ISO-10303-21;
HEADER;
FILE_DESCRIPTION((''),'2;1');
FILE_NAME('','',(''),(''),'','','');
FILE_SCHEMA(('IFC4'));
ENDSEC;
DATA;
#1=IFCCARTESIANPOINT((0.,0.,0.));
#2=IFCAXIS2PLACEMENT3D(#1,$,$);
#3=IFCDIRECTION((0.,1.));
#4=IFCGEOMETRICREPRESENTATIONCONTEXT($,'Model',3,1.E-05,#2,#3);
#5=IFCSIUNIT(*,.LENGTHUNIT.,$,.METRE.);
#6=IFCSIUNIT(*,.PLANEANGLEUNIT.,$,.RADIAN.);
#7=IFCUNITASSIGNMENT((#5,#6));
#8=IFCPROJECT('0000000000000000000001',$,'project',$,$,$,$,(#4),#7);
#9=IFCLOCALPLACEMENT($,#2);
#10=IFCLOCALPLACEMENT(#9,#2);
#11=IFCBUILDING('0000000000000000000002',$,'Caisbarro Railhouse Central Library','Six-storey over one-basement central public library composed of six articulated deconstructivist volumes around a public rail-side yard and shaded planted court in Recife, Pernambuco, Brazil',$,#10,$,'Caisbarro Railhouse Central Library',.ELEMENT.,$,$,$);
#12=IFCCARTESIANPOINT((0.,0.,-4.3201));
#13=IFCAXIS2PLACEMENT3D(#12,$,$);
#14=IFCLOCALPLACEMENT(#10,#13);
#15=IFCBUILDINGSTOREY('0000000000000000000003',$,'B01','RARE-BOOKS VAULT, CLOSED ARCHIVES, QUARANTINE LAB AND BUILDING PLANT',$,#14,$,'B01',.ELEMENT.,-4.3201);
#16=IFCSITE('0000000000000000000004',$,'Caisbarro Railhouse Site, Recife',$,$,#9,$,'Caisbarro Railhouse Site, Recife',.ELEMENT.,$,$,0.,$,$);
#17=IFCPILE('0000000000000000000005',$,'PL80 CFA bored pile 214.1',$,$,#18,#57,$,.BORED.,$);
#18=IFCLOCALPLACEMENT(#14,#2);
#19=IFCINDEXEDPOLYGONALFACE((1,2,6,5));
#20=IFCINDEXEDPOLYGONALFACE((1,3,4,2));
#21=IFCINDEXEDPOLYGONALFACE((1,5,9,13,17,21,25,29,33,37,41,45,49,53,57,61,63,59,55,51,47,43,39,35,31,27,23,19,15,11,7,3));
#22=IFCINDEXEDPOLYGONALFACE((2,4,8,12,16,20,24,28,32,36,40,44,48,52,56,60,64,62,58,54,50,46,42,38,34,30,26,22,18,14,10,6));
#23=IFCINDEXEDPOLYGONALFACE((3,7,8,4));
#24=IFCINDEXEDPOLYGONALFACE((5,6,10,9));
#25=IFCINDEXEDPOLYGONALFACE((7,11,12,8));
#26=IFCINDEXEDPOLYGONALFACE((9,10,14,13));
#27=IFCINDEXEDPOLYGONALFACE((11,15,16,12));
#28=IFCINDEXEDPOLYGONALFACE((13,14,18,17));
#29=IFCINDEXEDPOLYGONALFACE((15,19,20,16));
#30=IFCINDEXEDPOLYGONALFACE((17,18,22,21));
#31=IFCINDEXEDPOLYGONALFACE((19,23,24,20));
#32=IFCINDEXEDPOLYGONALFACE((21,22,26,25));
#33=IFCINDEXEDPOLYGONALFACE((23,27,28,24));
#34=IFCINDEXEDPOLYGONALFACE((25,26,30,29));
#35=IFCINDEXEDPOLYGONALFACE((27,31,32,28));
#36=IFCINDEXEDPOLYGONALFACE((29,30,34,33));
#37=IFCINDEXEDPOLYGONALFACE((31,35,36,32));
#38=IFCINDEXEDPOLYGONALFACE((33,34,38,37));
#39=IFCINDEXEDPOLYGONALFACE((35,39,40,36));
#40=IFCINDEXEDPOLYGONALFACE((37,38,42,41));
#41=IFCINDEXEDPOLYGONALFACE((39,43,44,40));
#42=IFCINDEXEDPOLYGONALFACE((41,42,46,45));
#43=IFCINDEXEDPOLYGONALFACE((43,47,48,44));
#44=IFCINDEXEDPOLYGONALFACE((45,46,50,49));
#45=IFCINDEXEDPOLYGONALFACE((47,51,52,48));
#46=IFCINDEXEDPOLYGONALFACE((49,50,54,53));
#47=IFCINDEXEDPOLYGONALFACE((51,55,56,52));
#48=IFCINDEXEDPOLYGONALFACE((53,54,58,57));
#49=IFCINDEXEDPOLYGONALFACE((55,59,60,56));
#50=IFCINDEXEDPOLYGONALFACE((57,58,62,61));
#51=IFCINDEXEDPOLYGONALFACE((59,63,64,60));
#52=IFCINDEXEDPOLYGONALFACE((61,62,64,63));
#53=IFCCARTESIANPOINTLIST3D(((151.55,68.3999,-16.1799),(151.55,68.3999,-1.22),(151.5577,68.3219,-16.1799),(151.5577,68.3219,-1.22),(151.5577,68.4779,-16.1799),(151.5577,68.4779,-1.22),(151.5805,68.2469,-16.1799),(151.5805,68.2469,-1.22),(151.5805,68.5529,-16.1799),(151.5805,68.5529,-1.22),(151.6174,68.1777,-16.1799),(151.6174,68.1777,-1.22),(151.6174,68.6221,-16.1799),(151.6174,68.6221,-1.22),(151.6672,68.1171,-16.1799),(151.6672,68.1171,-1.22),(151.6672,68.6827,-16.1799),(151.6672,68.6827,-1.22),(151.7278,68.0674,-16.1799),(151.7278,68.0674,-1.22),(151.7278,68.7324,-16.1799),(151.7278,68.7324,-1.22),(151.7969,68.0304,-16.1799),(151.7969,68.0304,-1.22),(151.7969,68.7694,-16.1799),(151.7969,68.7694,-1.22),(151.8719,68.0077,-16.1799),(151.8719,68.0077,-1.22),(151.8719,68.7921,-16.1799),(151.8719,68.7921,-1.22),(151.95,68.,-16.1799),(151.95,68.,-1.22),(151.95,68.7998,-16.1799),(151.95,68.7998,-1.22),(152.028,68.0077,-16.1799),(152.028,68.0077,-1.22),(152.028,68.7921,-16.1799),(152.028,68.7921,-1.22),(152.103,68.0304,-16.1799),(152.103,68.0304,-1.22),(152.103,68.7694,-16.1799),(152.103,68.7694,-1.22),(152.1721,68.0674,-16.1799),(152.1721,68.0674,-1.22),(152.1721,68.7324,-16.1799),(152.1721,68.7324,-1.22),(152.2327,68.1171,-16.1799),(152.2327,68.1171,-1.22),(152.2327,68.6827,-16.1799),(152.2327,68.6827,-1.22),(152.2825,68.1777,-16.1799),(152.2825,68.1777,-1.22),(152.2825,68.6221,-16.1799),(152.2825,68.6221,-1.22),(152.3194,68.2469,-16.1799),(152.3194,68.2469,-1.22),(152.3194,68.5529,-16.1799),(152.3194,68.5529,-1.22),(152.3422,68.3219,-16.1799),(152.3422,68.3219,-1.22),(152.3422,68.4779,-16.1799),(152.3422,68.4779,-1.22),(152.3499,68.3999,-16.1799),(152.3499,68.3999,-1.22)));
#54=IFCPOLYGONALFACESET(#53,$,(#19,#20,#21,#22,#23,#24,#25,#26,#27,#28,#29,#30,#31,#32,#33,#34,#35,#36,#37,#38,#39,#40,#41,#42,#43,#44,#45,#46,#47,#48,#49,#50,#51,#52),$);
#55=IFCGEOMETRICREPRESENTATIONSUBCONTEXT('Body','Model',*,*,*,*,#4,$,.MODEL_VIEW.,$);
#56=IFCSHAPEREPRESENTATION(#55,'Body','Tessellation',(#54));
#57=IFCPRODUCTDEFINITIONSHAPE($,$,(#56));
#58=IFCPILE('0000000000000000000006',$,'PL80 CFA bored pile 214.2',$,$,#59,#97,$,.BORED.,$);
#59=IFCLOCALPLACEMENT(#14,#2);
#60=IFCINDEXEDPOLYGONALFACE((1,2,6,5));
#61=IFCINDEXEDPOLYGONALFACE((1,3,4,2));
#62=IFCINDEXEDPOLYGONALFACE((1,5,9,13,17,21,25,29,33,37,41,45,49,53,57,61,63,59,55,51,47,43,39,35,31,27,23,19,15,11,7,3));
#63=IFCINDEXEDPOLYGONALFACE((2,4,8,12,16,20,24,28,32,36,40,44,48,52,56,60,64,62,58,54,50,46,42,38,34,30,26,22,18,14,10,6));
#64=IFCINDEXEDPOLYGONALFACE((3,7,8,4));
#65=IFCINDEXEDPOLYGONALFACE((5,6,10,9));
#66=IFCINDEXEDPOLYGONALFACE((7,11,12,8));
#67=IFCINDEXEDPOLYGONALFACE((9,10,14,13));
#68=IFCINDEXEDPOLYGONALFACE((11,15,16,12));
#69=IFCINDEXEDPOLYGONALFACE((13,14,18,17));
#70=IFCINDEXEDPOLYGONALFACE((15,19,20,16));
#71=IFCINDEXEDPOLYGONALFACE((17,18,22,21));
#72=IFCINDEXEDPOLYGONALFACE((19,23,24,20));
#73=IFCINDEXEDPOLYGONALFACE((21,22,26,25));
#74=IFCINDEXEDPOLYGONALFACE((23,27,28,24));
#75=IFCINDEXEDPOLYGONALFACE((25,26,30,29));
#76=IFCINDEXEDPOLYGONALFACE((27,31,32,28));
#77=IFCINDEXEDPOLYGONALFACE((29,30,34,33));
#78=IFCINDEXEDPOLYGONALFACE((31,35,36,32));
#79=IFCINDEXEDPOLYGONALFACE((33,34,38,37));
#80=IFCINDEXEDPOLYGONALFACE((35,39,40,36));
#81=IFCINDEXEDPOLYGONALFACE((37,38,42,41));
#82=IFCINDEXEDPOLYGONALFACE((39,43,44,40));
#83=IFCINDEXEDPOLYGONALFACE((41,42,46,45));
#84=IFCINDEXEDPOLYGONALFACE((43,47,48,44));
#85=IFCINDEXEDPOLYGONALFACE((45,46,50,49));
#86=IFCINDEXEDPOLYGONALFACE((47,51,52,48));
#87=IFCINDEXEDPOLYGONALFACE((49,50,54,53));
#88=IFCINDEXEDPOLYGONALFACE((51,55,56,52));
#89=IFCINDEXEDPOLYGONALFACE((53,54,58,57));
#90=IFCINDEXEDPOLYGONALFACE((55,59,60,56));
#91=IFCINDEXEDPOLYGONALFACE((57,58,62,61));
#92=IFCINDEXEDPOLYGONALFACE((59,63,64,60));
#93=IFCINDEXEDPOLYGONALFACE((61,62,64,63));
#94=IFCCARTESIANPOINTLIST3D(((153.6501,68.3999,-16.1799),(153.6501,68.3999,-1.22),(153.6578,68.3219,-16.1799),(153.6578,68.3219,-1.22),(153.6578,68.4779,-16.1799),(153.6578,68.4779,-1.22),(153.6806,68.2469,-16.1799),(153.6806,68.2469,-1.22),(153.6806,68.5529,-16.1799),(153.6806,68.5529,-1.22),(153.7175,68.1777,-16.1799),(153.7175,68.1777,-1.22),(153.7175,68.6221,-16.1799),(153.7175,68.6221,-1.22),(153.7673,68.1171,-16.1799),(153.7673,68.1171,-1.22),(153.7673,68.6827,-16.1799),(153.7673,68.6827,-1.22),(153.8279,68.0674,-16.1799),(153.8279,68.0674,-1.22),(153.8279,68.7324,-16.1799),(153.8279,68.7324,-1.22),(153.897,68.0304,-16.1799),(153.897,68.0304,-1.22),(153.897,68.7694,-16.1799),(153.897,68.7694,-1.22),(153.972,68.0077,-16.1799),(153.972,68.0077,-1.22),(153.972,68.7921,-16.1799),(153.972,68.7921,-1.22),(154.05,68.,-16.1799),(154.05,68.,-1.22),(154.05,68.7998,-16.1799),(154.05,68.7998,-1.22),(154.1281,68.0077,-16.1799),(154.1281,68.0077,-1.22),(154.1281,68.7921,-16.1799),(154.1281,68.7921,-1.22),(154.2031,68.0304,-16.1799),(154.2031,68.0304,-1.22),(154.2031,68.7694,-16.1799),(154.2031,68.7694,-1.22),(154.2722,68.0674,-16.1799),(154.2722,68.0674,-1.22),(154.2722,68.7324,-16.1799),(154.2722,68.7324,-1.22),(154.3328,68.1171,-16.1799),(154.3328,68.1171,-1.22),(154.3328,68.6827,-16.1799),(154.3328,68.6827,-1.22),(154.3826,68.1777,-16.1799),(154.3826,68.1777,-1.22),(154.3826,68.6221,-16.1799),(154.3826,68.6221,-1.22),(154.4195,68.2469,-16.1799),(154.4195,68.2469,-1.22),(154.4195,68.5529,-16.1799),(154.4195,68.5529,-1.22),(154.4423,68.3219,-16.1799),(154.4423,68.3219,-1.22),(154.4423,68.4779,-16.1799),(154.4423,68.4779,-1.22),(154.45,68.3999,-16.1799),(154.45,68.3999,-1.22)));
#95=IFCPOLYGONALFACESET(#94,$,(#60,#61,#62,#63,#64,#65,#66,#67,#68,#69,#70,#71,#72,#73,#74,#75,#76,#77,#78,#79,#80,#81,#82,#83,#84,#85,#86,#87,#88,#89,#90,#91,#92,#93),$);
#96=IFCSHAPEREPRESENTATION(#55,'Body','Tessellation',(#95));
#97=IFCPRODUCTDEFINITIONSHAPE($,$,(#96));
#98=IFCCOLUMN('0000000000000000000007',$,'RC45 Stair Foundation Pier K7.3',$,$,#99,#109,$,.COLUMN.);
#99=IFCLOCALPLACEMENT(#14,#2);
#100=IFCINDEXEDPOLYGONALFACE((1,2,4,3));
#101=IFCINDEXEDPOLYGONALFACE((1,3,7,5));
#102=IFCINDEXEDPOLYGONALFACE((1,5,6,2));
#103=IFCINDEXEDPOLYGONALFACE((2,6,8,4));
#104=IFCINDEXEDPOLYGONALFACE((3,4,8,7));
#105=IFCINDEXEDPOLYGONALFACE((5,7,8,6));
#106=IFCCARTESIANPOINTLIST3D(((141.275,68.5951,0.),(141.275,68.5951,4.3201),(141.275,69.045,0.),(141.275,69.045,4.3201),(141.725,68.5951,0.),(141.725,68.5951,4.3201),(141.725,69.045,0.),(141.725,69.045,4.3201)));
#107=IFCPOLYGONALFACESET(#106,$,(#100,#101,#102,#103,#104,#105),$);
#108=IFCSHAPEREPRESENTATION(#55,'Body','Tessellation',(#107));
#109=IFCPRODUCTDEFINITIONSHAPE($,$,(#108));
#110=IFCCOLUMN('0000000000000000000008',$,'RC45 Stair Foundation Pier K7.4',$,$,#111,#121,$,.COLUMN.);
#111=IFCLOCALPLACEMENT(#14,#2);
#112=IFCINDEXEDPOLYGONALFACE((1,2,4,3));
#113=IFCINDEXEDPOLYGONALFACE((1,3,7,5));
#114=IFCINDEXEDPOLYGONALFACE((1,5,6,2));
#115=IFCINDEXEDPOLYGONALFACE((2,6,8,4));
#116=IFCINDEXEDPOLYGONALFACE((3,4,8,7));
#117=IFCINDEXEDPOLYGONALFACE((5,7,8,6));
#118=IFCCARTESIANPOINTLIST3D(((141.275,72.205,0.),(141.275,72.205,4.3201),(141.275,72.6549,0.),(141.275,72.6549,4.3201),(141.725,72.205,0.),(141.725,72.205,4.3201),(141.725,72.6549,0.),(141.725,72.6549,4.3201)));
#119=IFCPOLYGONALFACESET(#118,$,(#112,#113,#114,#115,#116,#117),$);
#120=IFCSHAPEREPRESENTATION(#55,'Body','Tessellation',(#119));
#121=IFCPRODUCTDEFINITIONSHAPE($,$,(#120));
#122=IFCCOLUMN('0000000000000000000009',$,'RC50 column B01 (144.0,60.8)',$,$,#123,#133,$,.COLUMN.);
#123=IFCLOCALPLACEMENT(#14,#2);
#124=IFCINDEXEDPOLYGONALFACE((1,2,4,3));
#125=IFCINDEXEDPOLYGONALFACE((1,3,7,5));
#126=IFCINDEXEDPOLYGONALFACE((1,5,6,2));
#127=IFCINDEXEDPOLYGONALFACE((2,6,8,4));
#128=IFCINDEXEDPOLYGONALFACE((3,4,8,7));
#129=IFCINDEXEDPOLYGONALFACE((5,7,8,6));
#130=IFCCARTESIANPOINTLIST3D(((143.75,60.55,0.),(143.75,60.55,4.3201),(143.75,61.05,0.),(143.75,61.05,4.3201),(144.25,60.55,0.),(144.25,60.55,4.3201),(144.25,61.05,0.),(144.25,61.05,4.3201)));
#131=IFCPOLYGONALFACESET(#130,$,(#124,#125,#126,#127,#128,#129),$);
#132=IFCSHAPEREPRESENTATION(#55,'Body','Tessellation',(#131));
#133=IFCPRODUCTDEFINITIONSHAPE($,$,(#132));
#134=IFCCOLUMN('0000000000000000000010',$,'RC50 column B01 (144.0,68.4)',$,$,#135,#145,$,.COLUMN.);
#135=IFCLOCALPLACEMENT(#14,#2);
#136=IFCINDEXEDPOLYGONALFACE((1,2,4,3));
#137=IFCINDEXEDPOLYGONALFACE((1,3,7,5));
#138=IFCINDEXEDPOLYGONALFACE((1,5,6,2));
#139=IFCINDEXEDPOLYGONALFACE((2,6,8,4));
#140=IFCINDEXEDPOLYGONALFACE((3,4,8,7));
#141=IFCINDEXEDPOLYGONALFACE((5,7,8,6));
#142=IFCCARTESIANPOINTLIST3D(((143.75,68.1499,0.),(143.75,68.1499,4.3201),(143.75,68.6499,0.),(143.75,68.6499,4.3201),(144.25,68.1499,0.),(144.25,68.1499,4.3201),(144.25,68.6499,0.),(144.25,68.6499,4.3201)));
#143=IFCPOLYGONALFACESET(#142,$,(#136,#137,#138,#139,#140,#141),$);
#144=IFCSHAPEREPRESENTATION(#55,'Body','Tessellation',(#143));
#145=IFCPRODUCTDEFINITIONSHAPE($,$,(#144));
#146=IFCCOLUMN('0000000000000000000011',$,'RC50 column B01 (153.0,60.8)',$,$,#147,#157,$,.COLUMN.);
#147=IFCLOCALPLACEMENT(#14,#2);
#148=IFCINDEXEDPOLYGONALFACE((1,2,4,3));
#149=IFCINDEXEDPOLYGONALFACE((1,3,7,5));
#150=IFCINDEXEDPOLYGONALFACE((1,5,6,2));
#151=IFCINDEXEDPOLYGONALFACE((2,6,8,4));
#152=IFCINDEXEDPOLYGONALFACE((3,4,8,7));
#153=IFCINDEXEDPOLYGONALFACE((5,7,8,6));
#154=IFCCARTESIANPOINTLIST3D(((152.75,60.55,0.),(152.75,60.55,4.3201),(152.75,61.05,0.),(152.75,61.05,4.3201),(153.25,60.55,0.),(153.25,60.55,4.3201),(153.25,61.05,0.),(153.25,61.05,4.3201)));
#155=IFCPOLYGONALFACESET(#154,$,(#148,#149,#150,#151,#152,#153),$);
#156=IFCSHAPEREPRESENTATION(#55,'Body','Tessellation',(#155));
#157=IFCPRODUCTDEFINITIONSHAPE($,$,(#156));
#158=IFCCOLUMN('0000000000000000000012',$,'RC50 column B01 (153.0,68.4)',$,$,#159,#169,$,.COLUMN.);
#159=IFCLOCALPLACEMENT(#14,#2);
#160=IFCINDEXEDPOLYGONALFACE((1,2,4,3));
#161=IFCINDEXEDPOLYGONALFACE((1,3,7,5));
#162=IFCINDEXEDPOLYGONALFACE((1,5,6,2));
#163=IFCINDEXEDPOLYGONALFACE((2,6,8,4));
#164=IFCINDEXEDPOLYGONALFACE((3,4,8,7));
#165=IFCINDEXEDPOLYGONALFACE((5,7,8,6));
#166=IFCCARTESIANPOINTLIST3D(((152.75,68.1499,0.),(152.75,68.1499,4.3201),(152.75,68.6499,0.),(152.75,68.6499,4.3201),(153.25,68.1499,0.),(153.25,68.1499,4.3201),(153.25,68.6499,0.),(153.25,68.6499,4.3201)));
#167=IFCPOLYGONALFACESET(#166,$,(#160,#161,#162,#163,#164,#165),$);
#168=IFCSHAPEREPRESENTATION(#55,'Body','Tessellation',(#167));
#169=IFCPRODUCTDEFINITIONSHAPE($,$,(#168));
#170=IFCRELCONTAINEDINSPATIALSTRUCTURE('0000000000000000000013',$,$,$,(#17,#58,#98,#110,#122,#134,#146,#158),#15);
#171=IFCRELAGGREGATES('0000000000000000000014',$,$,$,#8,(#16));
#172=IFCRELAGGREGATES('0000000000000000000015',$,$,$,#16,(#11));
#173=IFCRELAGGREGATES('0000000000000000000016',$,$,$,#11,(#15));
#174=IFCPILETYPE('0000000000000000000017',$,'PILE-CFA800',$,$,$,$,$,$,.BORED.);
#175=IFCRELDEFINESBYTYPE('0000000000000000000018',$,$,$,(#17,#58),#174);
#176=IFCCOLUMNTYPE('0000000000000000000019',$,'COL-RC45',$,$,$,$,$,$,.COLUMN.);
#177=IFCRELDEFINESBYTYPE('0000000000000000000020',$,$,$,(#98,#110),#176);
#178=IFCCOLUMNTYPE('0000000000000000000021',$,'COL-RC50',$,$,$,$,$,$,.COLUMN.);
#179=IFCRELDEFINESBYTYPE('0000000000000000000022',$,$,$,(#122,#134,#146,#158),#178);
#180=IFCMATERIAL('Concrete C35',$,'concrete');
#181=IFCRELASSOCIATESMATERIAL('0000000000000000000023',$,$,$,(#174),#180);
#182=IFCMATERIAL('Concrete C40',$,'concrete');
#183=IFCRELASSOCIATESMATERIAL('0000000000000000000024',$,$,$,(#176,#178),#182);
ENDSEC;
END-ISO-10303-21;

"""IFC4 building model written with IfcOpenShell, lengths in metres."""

from ifc_helpers import new_model, si_unit, direction, frame, origin, origin_2d, place, context, subcontext, project, spatial, rectangle, circle, extrude, material, material_profile, profile_set, type_object, element, save


model = new_model("IFC4")

# Units and contexts
model_context = context("Model", 3, precision=1e-05, world=origin(), true_north=direction((0.0, 1.0)))
body_context = subcontext(model_context, "Body", "Model", "MODEL_VIEW")
ifc_project = project(units=[si_unit("LENGTHUNIT", "METRE"), si_unit("PLANEANGLEUNIT", "RADIAN")], contexts=[model_context])

# Site, building, storey
site_placement = place(None, origin())
site = spatial("IfcSite", under=ifc_project, at=site_placement, Name="Caisbarro Railhouse Site, Recife", LongName="Caisbarro Railhouse Site, Recife", CompositionType="ELEMENT", RefElevation=0.0)
building_placement = place(site_placement, origin())
building = spatial("IfcBuilding", under=site, at=building_placement, Name="Caisbarro Railhouse Central Library", Description="Six-storey over one-basement central public library composed of six articulated deconstructivist volumes around a public rail-side yard and shaded planted court in Recife, Pernambuco, Brazil", LongName="Caisbarro Railhouse Central Library", CompositionType="ELEMENT")
storey_placement = place(building_placement, frame((0.0, 0.0, -4.3201)))
storey = spatial("IfcBuildingStorey", under=building, at=storey_placement, Name="B01", Description="RARE-BOOKS VAULT, CLOSED ARCHIVES, QUARANTINE LAB AND BUILDING PLANT", LongName="B01", CompositionType="ELEMENT", Elevation=-4.3201)

# Shared definitions
ifc_material_1 = material(Name="Concrete C35", Category="concrete")
ifc_material_2 = material(Name="Concrete C40", Category="concrete")

# Piles
ifc_material_profile_1 = material_profile(ifc_material_1, circle(Radius=0.3999, at=origin_2d()), Name="PILE-CFA-800")
ifc_profile_set_1 = profile_set([ifc_material_profile_1], Name="Concrete C35")
pile_type_1 = type_object("IfcPileType", Name="PILE-CFA800", PredefinedType="BORED", material=ifc_profile_set_1)
for number, where, z_axis, x_axis, name in (
    (1, (151.95, 68.3999, -1.22), (0.0, 0.0, -1.0), (1.0, 0.0, 0.0), "PL80 CFA bored pile 214.1"),
    (2, (154.05, 68.3999, -1.22), (0.0, 0.0, -1.0), (1.0, 0.0, 0.0), "PL80 CFA bored pile 214.2"),
):
    element("IfcPile", number, at=place(storey_placement, frame(where, z_axis=z_axis, x_axis=x_axis)), inside=storey, type_object=pile_type_1, Name=name, PredefinedType="BORED", context=body_context, shape_type="SweptSolid", body=[
        extrude(circle(Radius=0.3999, at=origin_2d()), origin(), (0.0, 0.0, 1.0), 14.96),
    ])

# Columns
ifc_material_profile_2 = material_profile(ifc_material_2, rectangle(XDim=0.45, YDim=0.45, at=origin_2d()), Name="RC-COL-450X450")
ifc_profile_set_2 = profile_set([ifc_material_profile_2], Name="Concrete C40")
column_type_1 = type_object("IfcColumnType", Name="COL-RC45", PredefinedType="COLUMN", material=ifc_profile_set_2)
for number, where, z_axis, x_axis, name in (
    (3, (141.5, 68.8201, 0.0), (0.0, 0.0, 1.0), (1.0, 0.0, 0.0), "RC45 Stair Foundation Pier K7.3"),
    (4, (141.5, 72.4299, 0.0), (0.0, 0.0, 1.0), (1.0, 0.0, 0.0), "RC45 Stair Foundation Pier K7.4"),
):
    element("IfcColumn", number, at=place(storey_placement, frame(where, z_axis=z_axis, x_axis=x_axis)), inside=storey, type_object=column_type_1, Name=name, PredefinedType="COLUMN", context=body_context, shape_type="SweptSolid", body=[
        extrude(rectangle(XDim=0.45, YDim=0.45, at=origin_2d()), origin(), (0.0, 0.0, 1.0), 4.3201),
    ])
ifc_material_profile_3 = material_profile(ifc_material_2, rectangle(XDim=0.5, YDim=0.5, at=origin_2d()), Name="RC-COL-500X500")
ifc_profile_set_3 = profile_set([ifc_material_profile_3], Name="Concrete C40")
column_type_2 = type_object("IfcColumnType", Name="COL-RC50", PredefinedType="COLUMN", material=ifc_profile_set_3)
for number, where, z_axis, x_axis, name in (
    (5, (144.0, 60.8, 0.0), (0.0, 0.0, 1.0), (1.0, 0.0, 0.0), "RC50 column B01 (144.0,60.8)"),
    (6, (144.0, 68.3999, 0.0), (0.0, 0.0, 1.0), (1.0, 0.0, 0.0), "RC50 column B01 (144.0,68.4)"),
    (7, (153.0, 60.8, 0.0), (0.0, 0.0, 1.0), (1.0, 0.0, 0.0), "RC50 column B01 (153.0,60.8)"),
    (8, (153.0, 68.3999, 0.0), (0.0, 0.0, 1.0), (1.0, 0.0, 0.0), "RC50 column B01 (153.0,68.4)"),
):
    element("IfcColumn", number, at=place(storey_placement, frame(where, z_axis=z_axis, x_axis=x_axis)), inside=storey, type_object=column_type_2, Name=name, PredefinedType="COLUMN", context=body_context, shape_type="SweptSolid", body=[
        extrude(rectangle(XDim=0.5, YDim=0.5, at=origin_2d()), origin(), (0.0, 0.0, 1.0), 4.3201),
    ])

save(model, "model.ifc")
